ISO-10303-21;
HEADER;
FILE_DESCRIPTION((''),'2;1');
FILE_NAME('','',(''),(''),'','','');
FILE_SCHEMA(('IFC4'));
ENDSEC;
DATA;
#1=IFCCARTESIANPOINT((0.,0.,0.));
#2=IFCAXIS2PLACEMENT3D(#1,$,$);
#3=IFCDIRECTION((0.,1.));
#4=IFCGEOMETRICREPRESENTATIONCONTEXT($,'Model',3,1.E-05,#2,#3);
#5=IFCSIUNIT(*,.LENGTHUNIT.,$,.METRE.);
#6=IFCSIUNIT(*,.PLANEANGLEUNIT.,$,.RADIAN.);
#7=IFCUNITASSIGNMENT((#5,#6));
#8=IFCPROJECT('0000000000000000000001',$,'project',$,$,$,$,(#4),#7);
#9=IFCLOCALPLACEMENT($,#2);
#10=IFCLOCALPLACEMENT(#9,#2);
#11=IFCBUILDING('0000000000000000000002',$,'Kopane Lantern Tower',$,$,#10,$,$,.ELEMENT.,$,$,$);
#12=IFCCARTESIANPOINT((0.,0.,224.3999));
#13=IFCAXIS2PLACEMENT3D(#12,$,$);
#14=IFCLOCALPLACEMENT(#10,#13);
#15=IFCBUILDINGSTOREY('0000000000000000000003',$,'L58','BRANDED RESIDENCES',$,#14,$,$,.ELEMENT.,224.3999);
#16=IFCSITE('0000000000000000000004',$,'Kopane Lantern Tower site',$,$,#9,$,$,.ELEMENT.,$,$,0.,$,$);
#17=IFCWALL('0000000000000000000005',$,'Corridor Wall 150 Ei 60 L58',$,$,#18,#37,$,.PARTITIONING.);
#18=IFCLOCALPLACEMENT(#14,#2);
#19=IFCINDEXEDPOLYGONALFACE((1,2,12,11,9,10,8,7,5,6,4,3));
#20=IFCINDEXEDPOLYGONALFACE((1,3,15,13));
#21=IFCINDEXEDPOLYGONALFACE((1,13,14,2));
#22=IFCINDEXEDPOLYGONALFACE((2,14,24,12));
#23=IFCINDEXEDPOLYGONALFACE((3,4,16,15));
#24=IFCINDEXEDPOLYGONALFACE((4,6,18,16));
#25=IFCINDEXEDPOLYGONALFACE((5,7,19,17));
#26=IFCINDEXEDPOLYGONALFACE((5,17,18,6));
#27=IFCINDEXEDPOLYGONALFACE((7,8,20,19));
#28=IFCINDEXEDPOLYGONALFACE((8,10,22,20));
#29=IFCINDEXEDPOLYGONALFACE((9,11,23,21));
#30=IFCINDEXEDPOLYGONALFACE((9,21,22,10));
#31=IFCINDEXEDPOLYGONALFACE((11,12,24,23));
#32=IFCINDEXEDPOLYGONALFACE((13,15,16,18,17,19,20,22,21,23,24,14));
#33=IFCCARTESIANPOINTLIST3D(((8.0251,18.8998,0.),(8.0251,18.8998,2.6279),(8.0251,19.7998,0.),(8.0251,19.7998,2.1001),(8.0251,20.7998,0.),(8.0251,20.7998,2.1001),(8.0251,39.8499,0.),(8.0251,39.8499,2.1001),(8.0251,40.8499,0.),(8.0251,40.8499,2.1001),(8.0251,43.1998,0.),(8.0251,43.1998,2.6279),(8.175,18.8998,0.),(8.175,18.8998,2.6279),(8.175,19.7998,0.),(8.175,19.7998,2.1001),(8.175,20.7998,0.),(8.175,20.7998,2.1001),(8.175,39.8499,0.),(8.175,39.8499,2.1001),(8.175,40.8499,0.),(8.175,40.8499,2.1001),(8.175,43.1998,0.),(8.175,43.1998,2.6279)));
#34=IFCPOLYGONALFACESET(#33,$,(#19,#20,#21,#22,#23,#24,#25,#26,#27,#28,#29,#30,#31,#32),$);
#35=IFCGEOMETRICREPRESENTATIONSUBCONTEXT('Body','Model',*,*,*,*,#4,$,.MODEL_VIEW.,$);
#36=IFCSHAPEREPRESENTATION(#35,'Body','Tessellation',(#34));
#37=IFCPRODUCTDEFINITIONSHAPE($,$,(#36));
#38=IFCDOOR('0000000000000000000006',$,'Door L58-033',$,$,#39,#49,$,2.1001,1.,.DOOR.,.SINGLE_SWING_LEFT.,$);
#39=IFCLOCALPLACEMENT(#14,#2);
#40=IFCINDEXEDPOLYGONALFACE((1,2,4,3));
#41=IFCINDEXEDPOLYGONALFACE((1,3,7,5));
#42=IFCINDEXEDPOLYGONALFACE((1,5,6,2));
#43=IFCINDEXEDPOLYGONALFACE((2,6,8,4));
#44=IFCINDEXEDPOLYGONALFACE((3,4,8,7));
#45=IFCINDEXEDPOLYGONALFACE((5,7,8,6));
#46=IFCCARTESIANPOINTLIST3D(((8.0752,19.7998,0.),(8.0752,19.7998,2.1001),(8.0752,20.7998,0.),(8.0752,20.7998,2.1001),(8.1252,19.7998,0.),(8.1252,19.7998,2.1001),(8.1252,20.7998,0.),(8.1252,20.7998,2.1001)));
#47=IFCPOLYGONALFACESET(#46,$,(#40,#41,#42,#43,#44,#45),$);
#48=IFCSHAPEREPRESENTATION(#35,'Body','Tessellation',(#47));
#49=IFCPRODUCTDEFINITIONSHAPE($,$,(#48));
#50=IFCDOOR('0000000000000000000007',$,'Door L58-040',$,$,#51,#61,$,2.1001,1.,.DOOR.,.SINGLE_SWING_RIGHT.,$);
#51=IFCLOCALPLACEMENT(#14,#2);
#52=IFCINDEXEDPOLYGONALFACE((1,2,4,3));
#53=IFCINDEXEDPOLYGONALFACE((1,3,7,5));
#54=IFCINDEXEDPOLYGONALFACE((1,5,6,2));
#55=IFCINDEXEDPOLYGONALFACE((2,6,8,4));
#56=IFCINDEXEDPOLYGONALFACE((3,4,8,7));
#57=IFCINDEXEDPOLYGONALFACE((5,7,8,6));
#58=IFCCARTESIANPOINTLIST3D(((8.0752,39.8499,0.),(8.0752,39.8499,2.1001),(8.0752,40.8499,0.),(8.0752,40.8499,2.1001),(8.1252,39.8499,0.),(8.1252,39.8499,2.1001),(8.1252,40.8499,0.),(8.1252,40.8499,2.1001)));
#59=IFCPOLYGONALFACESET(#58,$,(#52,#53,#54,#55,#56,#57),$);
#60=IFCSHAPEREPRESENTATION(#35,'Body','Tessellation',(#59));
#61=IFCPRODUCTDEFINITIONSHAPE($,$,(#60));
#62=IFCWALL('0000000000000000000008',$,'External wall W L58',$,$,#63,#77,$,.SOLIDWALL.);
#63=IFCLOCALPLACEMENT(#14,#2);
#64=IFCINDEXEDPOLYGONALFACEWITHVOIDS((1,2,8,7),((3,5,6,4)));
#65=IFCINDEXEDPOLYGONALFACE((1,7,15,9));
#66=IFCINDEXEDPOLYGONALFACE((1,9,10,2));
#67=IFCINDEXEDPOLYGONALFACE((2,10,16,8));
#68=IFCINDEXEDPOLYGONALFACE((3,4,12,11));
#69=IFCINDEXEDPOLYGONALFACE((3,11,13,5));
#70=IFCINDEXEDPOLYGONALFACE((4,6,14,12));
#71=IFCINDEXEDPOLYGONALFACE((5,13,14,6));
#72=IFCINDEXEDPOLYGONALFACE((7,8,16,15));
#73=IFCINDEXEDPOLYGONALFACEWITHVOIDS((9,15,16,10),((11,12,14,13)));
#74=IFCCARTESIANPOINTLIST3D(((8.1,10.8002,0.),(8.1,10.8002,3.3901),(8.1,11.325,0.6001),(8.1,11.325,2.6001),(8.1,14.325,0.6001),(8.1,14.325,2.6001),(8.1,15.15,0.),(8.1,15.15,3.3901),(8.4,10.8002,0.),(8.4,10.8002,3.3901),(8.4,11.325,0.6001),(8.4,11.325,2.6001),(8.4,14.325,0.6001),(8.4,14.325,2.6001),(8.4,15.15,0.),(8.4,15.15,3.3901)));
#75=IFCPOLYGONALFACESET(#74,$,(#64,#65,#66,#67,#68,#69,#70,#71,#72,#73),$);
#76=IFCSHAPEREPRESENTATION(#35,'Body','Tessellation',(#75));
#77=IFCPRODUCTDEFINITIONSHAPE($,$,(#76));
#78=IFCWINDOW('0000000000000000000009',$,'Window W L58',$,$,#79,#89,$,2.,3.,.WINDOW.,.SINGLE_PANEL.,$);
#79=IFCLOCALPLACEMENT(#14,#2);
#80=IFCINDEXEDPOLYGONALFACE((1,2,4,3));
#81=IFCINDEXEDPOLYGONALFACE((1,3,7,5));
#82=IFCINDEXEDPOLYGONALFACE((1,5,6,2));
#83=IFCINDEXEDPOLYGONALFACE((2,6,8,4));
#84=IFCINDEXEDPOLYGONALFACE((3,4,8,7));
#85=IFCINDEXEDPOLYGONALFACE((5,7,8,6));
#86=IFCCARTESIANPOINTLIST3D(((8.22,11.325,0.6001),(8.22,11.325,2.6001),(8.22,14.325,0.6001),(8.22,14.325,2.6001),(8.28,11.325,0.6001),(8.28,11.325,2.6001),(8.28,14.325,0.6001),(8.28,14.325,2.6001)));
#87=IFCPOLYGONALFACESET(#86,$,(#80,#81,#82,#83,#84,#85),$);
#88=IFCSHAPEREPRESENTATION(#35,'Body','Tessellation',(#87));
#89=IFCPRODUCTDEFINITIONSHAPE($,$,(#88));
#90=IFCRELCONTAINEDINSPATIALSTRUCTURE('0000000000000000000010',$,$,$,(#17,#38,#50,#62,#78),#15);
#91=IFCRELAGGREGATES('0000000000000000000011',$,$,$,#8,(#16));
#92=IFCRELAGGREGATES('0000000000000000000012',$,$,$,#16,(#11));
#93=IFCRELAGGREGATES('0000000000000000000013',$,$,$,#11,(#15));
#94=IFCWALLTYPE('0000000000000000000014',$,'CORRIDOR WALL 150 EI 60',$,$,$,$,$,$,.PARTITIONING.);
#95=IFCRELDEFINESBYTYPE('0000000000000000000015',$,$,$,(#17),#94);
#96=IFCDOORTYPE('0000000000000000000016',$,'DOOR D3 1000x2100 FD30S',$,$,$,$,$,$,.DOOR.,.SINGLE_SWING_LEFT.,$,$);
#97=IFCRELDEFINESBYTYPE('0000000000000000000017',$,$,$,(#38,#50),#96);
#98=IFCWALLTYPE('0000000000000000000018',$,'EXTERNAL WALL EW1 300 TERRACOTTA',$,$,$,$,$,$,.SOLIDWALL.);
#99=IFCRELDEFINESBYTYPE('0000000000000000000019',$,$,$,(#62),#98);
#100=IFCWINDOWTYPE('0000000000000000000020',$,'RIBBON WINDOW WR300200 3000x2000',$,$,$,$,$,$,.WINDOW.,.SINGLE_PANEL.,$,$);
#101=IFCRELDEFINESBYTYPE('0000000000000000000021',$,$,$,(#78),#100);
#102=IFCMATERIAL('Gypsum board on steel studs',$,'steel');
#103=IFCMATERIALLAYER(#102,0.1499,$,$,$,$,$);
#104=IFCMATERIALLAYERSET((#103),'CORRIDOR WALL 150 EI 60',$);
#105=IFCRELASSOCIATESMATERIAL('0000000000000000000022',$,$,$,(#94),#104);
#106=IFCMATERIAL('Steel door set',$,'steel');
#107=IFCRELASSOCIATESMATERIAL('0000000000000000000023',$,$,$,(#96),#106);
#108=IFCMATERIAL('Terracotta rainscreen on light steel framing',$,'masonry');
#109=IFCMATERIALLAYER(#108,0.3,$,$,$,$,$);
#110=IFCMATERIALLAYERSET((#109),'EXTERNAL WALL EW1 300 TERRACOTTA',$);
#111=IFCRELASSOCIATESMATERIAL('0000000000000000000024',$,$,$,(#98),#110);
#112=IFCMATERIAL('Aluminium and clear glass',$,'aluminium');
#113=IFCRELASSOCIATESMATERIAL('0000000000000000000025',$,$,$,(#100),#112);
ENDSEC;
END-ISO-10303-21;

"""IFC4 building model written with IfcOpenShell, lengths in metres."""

from ifc_helpers import new_model, si_unit, direction, frame, frame_2d, origin, place, context, subcontext, project, spatial, rectangle, extrude, material, layer, layer_set, type_object, element, fill, save


model = new_model("IFC4")

# Units and contexts
model_context = context("Model", 3, precision=1e-05, world=origin(), true_north=direction((0.0, 1.0)))
body_context = subcontext(model_context, "Body", "Model", "MODEL_VIEW")
ifc_project = project(units=[si_unit("LENGTHUNIT", "METRE"), si_unit("PLANEANGLEUNIT", "RADIAN")], contexts=[model_context])

# Site, building, storey
site_placement = place(None, origin())
site = spatial("IfcSite", under=ifc_project, at=site_placement, Name="Kopane Lantern Tower site", CompositionType="ELEMENT", RefElevation=0.0)
building_placement = place(site_placement, origin())
building = spatial("IfcBuilding", under=site, at=building_placement, Name="Kopane Lantern Tower", CompositionType="ELEMENT")
storey_placement = place(building_placement, frame((0.0, 0.0, 224.3999)))
storey = spatial("IfcBuildingStorey", under=building, at=storey_placement, Name="L58", Description="BRANDED RESIDENCES", CompositionType="ELEMENT", Elevation=224.3999)

# Wall, openings, doors
ifc_material_1 = material(Name="Gypsum board on steel studs", Category="steel")
ifc_layer_1 = layer(ifc_material_1, 0.1499)
ifc_layer_set_1 = layer_set([ifc_layer_1], Name="CORRIDOR WALL 150 EI 60")
wall_type_1 = type_object("IfcWallType", Name="CORRIDOR WALL 150 EI 60", PredefinedType="PARTITIONING", material=ifc_layer_set_1)
ifc_material_2 = material(Name="Steel door set", Category="steel")
door_type = type_object("IfcDoorType", Name="DOOR D3 1000x2100 FD30S", OperationType="SINGLE_SWING_LEFT", PredefinedType="DOOR", material=ifc_material_2)
wall_1_placement = place(storey_placement, frame((8.1001, 18.8999, 0.0), z_axis=(0.0, 0.0, 1.0), x_axis=(0.0, 1.0, 0.0)))
wall_1 = element("IfcWall", 1, at=wall_1_placement, inside=storey, type_object=wall_type_1, Name="Corridor Wall 150 Ei 60 L58", PredefinedType="PARTITIONING", context=body_context, shape_type="SweptSolid", body=[
    extrude(rectangle(XDim=24.3, YDim=0.1499, at=frame_2d((12.1499, 0.0))), origin(), (0.0, 0.0, 1.0), 2.6279),
])
opening_1_placement = place(wall_1_placement, frame((0.8999, 0.0, 0.0)))
opening_1 = element("IfcOpeningElement", 2, at=opening_1_placement, cuts=wall_1, PredefinedType="OPENING", context=body_context, shape_type="SweptSolid", body=[
    extrude(rectangle(XDim=1.0, YDim=2.1001, at=frame_2d((0.5, 1.05))), frame((0.0, 0.085, 0.0), z_axis=(0.0, -1.0, 0.0), x_axis=(1.0, 0.0, 0.0)), (0.0, 0.0, 1.0), 0.1699),
])
opening_2_placement = place(wall_1_placement, frame((20.95, 0.0, 0.0)))
opening_2 = element("IfcOpeningElement", 3, at=opening_2_placement, cuts=wall_1, PredefinedType="OPENING", context=body_context, shape_type="SweptSolid", body=[
    extrude(rectangle(XDim=1.0, YDim=2.1001, at=frame_2d((0.5, 1.05))), frame((0.0, 0.085, 0.0), z_axis=(0.0, -1.0, 0.0), x_axis=(1.0, 0.0, 0.0)), (0.0, 0.0, 1.0), 0.1699),
])
door_1_placement = place(opening_1_placement, origin())
door_1 = element("IfcDoor", 4, at=door_1_placement, inside=storey, type_object=door_type, Name="Door L58-033", OperationType="SINGLE_SWING_LEFT", OverallHeight=2.1001, OverallWidth=1.0, PredefinedType="DOOR", context=body_context, shape_type="SweptSolid", body=[
    extrude(rectangle(XDim=1.0, YDim=2.1001, at=frame_2d((0.5, 1.05))), frame((0.0, 0.0249, 0.0), z_axis=(0.0, -1.0, 0.0), x_axis=(1.0, 0.0, 0.0)), (0.0, 0.0, 1.0), 0.05),
])
fill(opening_1, door_1)
door_2_placement = place(opening_2_placement, origin())
door_2 = element("IfcDoor", 5, at=door_2_placement, inside=storey, type_object=door_type, Name="Door L58-040", OperationType="SINGLE_SWING_RIGHT", OverallHeight=2.1001, OverallWidth=1.0, PredefinedType="DOOR", context=body_context, shape_type="SweptSolid", body=[
    extrude(rectangle(XDim=1.0, YDim=2.1001, at=frame_2d((0.5, 1.05))), frame((0.0, 0.0249, 0.0), z_axis=(0.0, -1.0, 0.0), x_axis=(1.0, 0.0, 0.0)), (0.0, 0.0, 1.0), 0.05),
])
fill(opening_2, door_2)

# Wall, opening, window
ifc_material_3 = material(Name="Terracotta rainscreen on light steel framing", Category="masonry")
ifc_layer_2 = layer(ifc_material_3, 0.3)
ifc_layer_set_2 = layer_set([ifc_layer_2], Name="EXTERNAL WALL EW1 300 TERRACOTTA")
wall_type_2 = type_object("IfcWallType", Name="EXTERNAL WALL EW1 300 TERRACOTTA", PredefinedType="SOLIDWALL", material=ifc_layer_set_2)
wall_2_placement = place(storey_placement, frame((8.25, 15.1499, 0.0), z_axis=(0.0, 0.0, 1.0), x_axis=(0.0, -1.0, 0.0)))
wall_2 = element("IfcWall", 6, at=wall_2_placement, inside=storey, type_object=wall_type_2, Name="External wall W L58", PredefinedType="SOLIDWALL", context=body_context, shape_type="SweptSolid", body=[
    extrude(rectangle(XDim=4.3499, YDim=0.3, at=frame_2d((2.1748, 0.0))), origin(), (0.0, 0.0, 1.0), 3.3901),
])
opening_3_placement = place(wall_2_placement, frame((0.825, 0.0, 0.6001)))
opening_3 = element("IfcOpeningElement", 7, at=opening_3_placement, cuts=wall_2, PredefinedType="OPENING", context=body_context, shape_type="SweptSolid", body=[
    extrude(rectangle(XDim=3.0, YDim=2.0, at=frame_2d((1.5, 1.0))), frame((0.0, 0.1599, 0.0), z_axis=(0.0, -1.0, 0.0), x_axis=(1.0, 0.0, 0.0)), (0.0, 0.0, 1.0), 0.3201),
])
ifc_material_4 = material(Name="Aluminium and clear glass", Category="aluminium")
window_type = type_object("IfcWindowType", Name="RIBBON WINDOW WR300200 3000x2000", PartitioningType="SINGLE_PANEL", PredefinedType="WINDOW", material=ifc_material_4)
window_placement = place(opening_3_placement, origin())
window = element("IfcWindow", 8, at=window_placement, inside=storey, type_object=window_type, Name="Window W L58", OverallHeight=2.0, OverallWidth=3.0, PartitioningType="SINGLE_PANEL", PredefinedType="WINDOW", context=body_context, shape_type="SweptSolid", body=[
    extrude(rectangle(XDim=3.0, YDim=2.0, at=frame_2d((1.5, 1.0))), frame((0.0, 0.03, 0.0), z_axis=(0.0, -1.0, 0.0), x_axis=(1.0, 0.0, 0.0)), (0.0, 0.0, 1.0), 0.0601),
])
fill(opening_3, window)

save(model, "model.ifc")
